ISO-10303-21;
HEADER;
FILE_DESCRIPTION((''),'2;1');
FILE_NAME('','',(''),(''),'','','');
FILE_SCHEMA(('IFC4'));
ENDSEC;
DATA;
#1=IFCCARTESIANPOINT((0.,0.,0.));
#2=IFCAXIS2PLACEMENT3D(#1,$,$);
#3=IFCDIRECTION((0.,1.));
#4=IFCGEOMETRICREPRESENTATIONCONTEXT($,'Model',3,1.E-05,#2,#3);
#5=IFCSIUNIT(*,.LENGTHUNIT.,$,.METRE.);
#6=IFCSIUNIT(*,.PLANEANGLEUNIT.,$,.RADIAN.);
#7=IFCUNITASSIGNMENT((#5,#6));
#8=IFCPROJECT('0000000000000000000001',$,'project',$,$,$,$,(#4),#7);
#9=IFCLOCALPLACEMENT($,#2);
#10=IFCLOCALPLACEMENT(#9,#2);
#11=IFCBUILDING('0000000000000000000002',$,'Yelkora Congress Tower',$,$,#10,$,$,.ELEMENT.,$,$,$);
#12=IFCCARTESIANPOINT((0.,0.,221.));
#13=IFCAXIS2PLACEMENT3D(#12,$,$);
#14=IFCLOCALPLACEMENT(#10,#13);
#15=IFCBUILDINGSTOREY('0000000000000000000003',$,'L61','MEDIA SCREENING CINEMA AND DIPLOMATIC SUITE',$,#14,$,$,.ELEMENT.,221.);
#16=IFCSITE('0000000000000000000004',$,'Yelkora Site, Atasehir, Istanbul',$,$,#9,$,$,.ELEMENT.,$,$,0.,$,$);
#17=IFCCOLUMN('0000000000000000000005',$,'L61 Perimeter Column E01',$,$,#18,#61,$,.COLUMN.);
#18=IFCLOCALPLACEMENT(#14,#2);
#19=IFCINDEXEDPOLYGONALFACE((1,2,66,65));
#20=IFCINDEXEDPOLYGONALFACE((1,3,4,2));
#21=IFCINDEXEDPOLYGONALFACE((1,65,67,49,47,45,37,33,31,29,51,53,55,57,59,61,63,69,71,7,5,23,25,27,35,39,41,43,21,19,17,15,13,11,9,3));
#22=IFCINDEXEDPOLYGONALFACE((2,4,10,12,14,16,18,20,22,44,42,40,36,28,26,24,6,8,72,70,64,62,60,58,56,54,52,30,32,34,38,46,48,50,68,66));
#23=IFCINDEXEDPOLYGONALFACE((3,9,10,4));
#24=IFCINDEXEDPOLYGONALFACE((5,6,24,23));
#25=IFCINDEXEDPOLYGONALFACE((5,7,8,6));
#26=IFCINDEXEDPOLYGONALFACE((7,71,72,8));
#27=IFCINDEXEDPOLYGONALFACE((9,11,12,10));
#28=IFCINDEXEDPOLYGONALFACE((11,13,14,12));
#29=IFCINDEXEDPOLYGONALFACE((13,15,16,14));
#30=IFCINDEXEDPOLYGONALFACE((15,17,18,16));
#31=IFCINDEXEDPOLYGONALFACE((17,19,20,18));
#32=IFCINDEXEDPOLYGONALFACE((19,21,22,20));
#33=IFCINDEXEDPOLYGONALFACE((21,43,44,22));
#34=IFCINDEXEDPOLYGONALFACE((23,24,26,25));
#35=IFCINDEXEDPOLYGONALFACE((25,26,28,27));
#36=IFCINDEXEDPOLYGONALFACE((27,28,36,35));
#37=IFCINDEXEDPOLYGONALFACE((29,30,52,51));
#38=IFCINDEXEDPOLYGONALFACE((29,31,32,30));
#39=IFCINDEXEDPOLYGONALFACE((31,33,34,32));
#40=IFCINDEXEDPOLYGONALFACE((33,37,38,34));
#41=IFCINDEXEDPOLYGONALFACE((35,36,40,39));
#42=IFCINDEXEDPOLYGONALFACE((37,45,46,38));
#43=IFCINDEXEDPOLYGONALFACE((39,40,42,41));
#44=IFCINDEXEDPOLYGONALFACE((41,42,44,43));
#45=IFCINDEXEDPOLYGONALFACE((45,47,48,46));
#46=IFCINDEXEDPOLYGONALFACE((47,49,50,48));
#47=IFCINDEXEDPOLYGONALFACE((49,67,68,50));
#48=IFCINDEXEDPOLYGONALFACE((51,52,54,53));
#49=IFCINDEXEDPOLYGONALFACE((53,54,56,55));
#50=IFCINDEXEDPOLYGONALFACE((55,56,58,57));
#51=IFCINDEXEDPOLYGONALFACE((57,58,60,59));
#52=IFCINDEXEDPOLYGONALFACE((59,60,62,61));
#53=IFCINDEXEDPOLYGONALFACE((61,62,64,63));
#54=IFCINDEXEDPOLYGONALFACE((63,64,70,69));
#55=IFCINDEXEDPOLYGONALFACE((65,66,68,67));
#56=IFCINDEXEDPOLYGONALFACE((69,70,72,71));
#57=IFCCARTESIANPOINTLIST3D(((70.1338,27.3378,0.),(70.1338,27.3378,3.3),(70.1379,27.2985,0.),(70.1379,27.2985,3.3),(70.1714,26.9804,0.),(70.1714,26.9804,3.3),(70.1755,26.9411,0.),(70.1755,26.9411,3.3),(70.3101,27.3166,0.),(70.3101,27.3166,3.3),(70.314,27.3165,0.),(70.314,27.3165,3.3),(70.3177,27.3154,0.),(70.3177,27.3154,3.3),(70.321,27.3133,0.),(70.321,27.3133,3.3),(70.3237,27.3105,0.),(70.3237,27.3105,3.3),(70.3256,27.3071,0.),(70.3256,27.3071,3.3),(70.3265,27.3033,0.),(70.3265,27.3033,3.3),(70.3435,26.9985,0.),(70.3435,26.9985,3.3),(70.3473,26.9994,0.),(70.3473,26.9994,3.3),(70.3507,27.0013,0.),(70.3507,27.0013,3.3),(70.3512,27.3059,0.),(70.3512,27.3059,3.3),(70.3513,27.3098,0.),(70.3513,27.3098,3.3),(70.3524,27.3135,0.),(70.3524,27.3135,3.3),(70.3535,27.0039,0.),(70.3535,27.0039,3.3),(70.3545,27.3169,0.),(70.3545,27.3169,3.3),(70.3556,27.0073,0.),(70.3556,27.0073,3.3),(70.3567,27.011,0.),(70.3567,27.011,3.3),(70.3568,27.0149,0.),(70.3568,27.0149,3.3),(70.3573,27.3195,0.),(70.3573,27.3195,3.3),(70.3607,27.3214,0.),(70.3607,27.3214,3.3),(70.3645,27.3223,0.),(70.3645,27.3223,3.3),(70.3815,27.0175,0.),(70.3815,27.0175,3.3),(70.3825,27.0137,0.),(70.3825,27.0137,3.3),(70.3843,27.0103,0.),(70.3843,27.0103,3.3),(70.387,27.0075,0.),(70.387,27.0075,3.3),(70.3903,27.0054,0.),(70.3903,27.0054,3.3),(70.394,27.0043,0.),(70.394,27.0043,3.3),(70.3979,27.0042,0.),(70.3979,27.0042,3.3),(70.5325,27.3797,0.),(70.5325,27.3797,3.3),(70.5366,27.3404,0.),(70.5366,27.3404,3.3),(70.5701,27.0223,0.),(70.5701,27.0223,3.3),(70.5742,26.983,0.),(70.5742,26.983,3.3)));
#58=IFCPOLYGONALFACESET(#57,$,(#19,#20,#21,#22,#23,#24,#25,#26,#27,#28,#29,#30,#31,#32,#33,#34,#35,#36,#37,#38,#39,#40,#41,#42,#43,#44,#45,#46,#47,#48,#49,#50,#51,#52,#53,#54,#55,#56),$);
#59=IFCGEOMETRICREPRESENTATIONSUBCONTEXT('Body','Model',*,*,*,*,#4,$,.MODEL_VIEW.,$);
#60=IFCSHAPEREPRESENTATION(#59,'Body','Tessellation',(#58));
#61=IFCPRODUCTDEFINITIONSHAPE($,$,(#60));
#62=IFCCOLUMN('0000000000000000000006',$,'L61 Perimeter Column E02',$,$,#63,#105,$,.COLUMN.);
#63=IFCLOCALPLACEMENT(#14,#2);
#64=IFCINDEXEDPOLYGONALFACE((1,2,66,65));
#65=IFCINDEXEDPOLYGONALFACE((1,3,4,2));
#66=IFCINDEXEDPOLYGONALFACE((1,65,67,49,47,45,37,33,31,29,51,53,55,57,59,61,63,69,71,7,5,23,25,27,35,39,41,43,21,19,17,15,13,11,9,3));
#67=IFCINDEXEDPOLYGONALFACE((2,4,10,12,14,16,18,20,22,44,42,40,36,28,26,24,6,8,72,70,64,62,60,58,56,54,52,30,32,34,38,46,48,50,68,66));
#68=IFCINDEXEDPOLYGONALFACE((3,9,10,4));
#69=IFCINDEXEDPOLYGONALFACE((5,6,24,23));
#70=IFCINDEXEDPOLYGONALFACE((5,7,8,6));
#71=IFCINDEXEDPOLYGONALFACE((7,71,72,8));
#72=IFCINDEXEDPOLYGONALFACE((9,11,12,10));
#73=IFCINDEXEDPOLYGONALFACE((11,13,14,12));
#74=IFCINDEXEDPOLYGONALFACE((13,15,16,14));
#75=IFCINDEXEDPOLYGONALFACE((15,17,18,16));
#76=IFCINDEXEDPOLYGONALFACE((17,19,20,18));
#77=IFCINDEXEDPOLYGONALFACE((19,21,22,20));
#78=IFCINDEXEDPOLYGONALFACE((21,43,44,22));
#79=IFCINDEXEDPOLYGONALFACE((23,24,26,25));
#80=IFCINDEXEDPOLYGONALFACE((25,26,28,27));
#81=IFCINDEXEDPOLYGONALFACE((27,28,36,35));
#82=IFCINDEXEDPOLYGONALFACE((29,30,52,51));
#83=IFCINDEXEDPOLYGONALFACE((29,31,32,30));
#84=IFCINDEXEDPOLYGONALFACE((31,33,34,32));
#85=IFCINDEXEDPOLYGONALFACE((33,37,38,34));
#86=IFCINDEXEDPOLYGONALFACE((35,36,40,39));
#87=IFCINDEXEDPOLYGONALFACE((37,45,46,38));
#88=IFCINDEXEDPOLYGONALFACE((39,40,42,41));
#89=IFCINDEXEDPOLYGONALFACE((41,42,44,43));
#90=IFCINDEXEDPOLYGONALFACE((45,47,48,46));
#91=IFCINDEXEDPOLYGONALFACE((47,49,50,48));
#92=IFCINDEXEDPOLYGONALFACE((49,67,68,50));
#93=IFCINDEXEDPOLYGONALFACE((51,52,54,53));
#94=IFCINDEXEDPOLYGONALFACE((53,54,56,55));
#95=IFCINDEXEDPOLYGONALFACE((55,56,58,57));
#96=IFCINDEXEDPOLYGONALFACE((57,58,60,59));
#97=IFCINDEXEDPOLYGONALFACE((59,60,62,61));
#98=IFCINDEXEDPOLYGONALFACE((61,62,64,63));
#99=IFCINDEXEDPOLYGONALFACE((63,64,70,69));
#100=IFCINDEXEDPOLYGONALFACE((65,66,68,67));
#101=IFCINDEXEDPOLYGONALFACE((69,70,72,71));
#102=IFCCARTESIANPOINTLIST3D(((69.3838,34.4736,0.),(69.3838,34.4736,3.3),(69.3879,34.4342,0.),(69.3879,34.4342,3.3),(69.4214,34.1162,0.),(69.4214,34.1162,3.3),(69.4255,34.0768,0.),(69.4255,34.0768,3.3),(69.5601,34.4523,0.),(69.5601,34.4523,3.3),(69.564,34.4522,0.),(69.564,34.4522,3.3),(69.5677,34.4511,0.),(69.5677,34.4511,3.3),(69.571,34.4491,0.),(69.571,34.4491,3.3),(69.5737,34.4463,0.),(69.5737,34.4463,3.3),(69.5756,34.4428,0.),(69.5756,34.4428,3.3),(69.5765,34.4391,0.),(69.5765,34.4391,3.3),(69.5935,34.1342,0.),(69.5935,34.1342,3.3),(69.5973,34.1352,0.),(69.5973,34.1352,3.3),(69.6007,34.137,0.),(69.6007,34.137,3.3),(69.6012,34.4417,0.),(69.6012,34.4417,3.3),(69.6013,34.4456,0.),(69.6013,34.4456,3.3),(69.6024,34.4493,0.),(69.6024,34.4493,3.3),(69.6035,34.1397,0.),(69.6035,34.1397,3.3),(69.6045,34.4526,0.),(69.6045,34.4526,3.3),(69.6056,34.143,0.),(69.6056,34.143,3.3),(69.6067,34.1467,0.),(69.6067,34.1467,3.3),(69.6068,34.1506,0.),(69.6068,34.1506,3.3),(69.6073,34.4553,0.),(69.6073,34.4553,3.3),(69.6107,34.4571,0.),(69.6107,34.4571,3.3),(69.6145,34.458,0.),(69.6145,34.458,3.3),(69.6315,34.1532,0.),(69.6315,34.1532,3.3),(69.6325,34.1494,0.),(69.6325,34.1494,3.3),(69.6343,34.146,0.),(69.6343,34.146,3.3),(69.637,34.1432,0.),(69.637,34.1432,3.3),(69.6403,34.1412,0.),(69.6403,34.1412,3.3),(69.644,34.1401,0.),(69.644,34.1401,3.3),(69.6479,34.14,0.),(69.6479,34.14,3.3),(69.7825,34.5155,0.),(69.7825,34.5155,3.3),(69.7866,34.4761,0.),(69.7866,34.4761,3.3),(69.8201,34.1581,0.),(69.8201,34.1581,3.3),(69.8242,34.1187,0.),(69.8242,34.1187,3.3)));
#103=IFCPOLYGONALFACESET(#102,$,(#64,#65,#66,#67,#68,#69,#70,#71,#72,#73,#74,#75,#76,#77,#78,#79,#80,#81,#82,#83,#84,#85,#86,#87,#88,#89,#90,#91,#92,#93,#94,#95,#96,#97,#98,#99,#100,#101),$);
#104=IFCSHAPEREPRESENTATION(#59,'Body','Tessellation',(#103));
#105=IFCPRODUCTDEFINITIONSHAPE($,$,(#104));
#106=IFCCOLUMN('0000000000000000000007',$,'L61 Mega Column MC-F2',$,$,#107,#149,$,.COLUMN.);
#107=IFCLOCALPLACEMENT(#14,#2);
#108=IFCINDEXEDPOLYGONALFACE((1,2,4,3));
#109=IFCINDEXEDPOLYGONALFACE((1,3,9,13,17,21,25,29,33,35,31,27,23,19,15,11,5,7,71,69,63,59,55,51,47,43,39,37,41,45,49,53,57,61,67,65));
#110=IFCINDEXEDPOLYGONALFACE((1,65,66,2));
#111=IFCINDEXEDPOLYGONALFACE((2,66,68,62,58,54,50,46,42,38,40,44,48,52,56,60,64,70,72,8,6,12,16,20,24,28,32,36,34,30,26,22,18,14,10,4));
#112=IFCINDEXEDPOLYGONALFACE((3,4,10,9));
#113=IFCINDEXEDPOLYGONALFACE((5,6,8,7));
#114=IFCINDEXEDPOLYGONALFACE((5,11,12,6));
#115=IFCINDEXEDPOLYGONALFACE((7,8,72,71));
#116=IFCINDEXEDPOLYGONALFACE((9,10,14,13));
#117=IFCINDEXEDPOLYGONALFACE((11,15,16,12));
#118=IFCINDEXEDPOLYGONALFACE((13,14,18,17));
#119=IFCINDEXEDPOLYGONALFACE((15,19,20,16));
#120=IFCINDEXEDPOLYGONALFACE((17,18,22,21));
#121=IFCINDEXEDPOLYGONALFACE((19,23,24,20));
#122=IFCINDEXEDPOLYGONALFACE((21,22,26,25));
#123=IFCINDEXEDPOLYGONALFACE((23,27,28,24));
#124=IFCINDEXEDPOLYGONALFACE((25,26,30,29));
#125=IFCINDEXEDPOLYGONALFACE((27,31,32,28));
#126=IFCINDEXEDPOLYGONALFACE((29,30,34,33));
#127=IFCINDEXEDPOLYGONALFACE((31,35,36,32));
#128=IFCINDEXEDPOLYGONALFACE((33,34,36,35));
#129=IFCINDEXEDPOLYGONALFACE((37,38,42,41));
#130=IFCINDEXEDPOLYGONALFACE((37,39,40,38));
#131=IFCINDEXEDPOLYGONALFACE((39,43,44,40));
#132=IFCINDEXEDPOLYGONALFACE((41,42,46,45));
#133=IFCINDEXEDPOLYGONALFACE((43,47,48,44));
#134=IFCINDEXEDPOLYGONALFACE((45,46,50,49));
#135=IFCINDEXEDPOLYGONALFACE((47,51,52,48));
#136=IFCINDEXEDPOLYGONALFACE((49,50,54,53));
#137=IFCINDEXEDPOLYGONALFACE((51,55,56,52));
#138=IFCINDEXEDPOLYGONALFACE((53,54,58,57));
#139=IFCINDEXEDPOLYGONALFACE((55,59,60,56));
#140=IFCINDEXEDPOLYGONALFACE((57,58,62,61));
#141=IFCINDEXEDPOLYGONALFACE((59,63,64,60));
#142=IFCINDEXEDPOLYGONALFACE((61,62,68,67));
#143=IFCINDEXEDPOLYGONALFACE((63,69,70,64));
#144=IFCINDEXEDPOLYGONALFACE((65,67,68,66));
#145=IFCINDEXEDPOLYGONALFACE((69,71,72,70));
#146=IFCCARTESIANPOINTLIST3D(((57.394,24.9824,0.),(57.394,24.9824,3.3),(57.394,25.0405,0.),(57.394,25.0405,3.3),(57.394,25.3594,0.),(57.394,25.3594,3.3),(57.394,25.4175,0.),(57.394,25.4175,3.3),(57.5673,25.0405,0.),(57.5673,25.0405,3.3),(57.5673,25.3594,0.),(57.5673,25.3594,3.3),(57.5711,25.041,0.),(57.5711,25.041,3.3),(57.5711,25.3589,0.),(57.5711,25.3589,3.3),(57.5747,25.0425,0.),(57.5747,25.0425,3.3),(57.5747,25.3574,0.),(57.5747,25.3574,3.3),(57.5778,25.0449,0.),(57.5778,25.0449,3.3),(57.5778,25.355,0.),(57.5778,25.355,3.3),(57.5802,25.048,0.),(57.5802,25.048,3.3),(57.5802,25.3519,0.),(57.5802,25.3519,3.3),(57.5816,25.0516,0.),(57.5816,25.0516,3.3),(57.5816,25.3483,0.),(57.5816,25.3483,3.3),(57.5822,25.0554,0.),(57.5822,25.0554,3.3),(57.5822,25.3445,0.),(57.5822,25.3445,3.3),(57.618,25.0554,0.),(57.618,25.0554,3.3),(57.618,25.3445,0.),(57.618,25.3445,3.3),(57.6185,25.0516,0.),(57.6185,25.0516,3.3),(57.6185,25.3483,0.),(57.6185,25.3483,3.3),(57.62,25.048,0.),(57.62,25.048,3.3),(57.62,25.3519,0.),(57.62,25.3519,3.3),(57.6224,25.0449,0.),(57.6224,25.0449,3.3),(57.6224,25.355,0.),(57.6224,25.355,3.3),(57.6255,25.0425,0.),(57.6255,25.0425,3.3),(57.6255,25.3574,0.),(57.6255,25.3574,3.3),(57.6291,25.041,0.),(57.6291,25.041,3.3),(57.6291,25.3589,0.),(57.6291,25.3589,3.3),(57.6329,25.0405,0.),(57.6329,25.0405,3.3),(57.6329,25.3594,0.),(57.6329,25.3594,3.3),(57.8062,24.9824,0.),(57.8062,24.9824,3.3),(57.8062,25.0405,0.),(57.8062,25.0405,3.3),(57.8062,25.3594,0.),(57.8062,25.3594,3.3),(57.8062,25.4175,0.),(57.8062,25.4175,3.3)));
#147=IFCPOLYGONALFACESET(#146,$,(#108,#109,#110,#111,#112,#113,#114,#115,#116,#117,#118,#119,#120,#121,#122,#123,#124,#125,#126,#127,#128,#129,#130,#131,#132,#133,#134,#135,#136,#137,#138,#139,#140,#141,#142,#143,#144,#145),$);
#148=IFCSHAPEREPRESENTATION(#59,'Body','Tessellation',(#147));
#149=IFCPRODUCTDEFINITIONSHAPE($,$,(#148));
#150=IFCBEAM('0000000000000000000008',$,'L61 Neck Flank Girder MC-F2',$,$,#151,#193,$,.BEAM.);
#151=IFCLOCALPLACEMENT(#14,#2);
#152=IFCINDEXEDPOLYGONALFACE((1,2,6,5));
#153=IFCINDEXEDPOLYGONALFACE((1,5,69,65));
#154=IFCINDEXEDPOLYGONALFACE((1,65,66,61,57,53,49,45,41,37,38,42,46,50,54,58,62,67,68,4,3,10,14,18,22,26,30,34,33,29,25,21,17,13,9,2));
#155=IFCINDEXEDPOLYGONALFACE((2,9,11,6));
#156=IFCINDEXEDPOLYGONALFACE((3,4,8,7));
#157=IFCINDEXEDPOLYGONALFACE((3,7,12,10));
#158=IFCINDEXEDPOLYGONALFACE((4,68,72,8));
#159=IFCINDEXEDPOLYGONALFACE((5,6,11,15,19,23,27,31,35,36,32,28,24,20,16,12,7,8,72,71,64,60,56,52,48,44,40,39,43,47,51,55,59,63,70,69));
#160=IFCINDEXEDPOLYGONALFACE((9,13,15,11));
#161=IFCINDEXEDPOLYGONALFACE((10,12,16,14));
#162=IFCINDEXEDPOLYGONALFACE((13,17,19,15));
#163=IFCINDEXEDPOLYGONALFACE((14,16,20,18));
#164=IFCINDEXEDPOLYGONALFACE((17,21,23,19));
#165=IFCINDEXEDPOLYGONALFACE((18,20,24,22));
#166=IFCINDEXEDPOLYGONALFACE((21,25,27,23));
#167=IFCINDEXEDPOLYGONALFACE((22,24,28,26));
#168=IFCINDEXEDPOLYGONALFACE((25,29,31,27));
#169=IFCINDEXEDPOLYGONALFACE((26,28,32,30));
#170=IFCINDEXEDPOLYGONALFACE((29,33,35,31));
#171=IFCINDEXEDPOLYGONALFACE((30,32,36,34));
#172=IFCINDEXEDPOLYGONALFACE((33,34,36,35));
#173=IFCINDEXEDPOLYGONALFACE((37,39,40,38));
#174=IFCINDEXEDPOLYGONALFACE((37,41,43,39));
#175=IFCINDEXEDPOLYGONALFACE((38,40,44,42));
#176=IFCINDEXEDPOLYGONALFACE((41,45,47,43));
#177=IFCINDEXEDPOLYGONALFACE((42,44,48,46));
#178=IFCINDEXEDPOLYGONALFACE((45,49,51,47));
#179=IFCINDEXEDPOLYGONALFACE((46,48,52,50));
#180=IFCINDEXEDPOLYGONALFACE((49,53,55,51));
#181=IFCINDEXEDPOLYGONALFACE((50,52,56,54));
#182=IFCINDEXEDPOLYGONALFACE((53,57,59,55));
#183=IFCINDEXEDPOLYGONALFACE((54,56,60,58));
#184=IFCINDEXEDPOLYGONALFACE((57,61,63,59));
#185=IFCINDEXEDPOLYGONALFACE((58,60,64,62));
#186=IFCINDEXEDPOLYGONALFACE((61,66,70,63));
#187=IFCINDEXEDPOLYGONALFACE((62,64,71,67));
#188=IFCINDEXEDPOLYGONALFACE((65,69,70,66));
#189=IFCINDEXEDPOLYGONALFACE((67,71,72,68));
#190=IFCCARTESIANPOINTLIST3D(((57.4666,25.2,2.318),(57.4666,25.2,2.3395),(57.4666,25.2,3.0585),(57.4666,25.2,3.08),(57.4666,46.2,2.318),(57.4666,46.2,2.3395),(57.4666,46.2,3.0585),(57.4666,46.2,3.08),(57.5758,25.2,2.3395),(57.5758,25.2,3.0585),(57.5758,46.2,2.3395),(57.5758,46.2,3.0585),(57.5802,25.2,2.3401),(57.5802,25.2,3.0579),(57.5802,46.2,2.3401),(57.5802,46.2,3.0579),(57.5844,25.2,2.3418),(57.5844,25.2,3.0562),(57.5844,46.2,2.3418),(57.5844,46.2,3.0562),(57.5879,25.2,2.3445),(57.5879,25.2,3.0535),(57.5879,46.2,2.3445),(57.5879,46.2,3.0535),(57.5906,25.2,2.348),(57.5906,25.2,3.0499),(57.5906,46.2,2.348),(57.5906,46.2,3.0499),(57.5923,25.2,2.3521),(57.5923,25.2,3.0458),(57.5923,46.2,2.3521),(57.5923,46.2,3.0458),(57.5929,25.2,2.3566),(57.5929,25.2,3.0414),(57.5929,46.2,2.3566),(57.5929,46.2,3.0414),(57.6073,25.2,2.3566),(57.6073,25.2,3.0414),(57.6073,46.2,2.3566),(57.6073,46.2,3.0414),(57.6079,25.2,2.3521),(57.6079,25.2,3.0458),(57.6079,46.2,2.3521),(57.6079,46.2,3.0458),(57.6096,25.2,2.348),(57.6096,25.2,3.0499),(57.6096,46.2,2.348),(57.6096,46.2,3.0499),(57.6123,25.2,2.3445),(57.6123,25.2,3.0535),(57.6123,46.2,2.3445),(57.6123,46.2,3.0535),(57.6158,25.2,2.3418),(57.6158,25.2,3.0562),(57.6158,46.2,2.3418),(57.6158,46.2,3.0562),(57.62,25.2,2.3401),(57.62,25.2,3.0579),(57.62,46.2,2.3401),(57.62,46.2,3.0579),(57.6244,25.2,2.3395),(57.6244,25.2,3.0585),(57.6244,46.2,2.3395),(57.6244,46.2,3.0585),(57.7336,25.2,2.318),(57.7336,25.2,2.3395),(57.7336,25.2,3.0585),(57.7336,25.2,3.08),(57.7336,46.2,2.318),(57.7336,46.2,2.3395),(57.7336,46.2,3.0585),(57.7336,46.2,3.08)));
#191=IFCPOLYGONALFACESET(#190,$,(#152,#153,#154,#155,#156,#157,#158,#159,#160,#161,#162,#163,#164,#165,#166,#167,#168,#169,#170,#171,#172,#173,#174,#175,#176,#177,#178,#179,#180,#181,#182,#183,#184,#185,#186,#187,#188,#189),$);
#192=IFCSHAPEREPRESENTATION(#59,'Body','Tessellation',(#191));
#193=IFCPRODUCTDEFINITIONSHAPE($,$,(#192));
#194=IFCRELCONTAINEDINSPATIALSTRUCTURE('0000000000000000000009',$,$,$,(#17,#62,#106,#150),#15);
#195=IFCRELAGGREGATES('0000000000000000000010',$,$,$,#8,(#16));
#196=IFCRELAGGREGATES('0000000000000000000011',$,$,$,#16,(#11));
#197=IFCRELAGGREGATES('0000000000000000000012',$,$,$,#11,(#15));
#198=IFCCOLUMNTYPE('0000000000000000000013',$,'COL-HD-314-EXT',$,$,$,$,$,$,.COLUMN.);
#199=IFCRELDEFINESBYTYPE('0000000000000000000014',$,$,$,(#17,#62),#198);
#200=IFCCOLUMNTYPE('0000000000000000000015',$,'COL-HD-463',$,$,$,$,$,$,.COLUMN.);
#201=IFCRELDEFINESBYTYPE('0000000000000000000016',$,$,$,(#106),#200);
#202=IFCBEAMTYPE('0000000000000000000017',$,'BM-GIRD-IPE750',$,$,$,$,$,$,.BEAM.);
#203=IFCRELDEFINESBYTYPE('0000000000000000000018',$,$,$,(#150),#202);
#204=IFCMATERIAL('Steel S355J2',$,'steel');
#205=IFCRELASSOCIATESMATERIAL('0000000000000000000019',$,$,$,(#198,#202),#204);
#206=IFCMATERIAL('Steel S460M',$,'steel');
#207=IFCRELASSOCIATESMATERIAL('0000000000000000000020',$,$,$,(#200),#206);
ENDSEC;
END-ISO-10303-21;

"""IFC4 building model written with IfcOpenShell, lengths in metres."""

from ifc_helpers import new_model, si_unit, direction, frame, origin, origin_2d, place, context, subcontext, project, spatial, i_section, extrude, material, material_profile, profile_set, type_object, element, save


model = new_model("IFC4")

# Units and contexts
model_context = context("Model", 3, precision=1e-05, world=origin(), true_north=direction((0.0, 1.0)))
body_context = subcontext(model_context, "Body", "Model", "MODEL_VIEW")
ifc_project = project(units=[si_unit("LENGTHUNIT", "METRE"), si_unit("PLANEANGLEUNIT", "RADIAN")], contexts=[model_context])

# Site, building, storey
site_placement = place(None, origin())
site = spatial("IfcSite", under=ifc_project, at=site_placement, Name="Yelkora Site, Atasehir, Istanbul", CompositionType="ELEMENT", RefElevation=0.0)
building_placement = place(site_placement, origin())
building = spatial("IfcBuilding", under=site, at=building_placement, Name="Yelkora Congress Tower", CompositionType="ELEMENT")
storey_placement = place(building_placement, frame((0.0, 0.0, 221.0)))
storey = spatial("IfcBuildingStorey", under=building, at=storey_placement, Name="L61", Description="MEDIA SCREENING CINEMA AND DIPLOMATIC SUITE", CompositionType="ELEMENT", Elevation=221.0)

# Columns
ifc_material_1 = material(Name="Steel S355J2", Category="steel")
ifc_material_profile_1 = material_profile(ifc_material_1, i_section(OverallWidth=0.4009, OverallDepth=0.3989, WebThickness=0.0249, FlangeThickness=0.0396, FilletRadius=0.0149, at=origin_2d()), Name="HD 400x314")
ifc_profile_set_1 = profile_set([ifc_material_profile_1], Name="Steel S355J2")
column_type_1 = type_object("IfcColumnType", Name="COL-HD-314-EXT", PredefinedType="COLUMN", material=ifc_profile_set_1)
for number, where, z_axis, x_axis, name in (
    (1, (70.354, 27.1604, 0.0), (0.0, 0.0, 1.0), (0.994522, 0.104528, 0.0), "L61 Perimeter Column E01"),
    (2, (69.604, 34.2961, 0.0), (0.0, 0.0, 1.0), (0.994522, 0.104528, 0.0), "L61 Perimeter Column E02"),
):
    element("IfcColumn", number, at=place(storey_placement, frame(where, z_axis=z_axis, x_axis=x_axis)), inside=storey, type_object=column_type_1, Name=name, PredefinedType="COLUMN", context=body_context, shape_type="SweptSolid", body=[
        extrude(i_section(OverallWidth=0.4009, OverallDepth=0.3989, WebThickness=0.0249, FlangeThickness=0.0396, FilletRadius=0.0149, at=origin_2d()), origin(), (0.0, 0.0, 1.0), 3.3),
    ])
ifc_material_2 = material(Name="Steel S460M", Category="steel")
ifc_material_profile_2 = material_profile(ifc_material_2, i_section(OverallWidth=0.4121, OverallDepth=0.4351, WebThickness=0.0359, FlangeThickness=0.0581, FilletRadius=0.0149, at=origin_2d()), Name="HD 400x463")
ifc_profile_set_2 = profile_set([ifc_material_profile_2], Name="Steel S460M")
column_type_2 = type_object("IfcColumnType", Name="COL-HD-463", PredefinedType="COLUMN", material=ifc_profile_set_2)
column_placement = place(storey_placement, frame((57.6001, 25.2, 0.0), z_axis=(0.0, 0.0, 1.0), x_axis=(1.0, 0.0, 0.0)))
element("IfcColumn", 3, at=column_placement, inside=storey, type_object=column_type_2, Name="L61 Mega Column MC-F2", PredefinedType="COLUMN", context=body_context, shape_type="SweptSolid", body=[
    extrude(i_section(OverallWidth=0.4121, OverallDepth=0.4351, WebThickness=0.0359, FlangeThickness=0.0581, FilletRadius=0.0149, at=origin_2d()), origin(), (0.0, 0.0, 1.0), 3.3),
])

# Beam
ifc_material_profile_3 = material_profile(ifc_material_1, i_section(OverallWidth=0.2671, OverallDepth=0.762, WebThickness=0.0144, FlangeThickness=0.0215, FilletRadius=0.0171, at=origin_2d()), Name="IPE 750x173")
ifc_profile_set_3 = profile_set([ifc_material_profile_3], Name="Steel S355J2")
beam_type_1 = type_object("IfcBeamType", Name="BM-GIRD-IPE750", PredefinedType="BEAM", material=ifc_profile_set_3)
beam_1_placement = place(storey_placement, frame((57.6001, 25.2, 2.699), z_axis=(0.0, 1.0, 0.0), x_axis=(-1.0, 0.0, 0.0)))
element("IfcBeam", 4, at=beam_1_placement, inside=storey, type_object=beam_type_1, Name="L61 Neck Flank Girder MC-F2", PredefinedType="BEAM", context=body_context, shape_type="SweptSolid", body=[
    extrude(i_section(OverallWidth=0.2671, OverallDepth=0.762, WebThickness=0.0144, FlangeThickness=0.0215, FilletRadius=0.0171, at=origin_2d()), origin(), (0.0, 0.0, 1.0), 21.0),
])

save(model, "model.ifc")
